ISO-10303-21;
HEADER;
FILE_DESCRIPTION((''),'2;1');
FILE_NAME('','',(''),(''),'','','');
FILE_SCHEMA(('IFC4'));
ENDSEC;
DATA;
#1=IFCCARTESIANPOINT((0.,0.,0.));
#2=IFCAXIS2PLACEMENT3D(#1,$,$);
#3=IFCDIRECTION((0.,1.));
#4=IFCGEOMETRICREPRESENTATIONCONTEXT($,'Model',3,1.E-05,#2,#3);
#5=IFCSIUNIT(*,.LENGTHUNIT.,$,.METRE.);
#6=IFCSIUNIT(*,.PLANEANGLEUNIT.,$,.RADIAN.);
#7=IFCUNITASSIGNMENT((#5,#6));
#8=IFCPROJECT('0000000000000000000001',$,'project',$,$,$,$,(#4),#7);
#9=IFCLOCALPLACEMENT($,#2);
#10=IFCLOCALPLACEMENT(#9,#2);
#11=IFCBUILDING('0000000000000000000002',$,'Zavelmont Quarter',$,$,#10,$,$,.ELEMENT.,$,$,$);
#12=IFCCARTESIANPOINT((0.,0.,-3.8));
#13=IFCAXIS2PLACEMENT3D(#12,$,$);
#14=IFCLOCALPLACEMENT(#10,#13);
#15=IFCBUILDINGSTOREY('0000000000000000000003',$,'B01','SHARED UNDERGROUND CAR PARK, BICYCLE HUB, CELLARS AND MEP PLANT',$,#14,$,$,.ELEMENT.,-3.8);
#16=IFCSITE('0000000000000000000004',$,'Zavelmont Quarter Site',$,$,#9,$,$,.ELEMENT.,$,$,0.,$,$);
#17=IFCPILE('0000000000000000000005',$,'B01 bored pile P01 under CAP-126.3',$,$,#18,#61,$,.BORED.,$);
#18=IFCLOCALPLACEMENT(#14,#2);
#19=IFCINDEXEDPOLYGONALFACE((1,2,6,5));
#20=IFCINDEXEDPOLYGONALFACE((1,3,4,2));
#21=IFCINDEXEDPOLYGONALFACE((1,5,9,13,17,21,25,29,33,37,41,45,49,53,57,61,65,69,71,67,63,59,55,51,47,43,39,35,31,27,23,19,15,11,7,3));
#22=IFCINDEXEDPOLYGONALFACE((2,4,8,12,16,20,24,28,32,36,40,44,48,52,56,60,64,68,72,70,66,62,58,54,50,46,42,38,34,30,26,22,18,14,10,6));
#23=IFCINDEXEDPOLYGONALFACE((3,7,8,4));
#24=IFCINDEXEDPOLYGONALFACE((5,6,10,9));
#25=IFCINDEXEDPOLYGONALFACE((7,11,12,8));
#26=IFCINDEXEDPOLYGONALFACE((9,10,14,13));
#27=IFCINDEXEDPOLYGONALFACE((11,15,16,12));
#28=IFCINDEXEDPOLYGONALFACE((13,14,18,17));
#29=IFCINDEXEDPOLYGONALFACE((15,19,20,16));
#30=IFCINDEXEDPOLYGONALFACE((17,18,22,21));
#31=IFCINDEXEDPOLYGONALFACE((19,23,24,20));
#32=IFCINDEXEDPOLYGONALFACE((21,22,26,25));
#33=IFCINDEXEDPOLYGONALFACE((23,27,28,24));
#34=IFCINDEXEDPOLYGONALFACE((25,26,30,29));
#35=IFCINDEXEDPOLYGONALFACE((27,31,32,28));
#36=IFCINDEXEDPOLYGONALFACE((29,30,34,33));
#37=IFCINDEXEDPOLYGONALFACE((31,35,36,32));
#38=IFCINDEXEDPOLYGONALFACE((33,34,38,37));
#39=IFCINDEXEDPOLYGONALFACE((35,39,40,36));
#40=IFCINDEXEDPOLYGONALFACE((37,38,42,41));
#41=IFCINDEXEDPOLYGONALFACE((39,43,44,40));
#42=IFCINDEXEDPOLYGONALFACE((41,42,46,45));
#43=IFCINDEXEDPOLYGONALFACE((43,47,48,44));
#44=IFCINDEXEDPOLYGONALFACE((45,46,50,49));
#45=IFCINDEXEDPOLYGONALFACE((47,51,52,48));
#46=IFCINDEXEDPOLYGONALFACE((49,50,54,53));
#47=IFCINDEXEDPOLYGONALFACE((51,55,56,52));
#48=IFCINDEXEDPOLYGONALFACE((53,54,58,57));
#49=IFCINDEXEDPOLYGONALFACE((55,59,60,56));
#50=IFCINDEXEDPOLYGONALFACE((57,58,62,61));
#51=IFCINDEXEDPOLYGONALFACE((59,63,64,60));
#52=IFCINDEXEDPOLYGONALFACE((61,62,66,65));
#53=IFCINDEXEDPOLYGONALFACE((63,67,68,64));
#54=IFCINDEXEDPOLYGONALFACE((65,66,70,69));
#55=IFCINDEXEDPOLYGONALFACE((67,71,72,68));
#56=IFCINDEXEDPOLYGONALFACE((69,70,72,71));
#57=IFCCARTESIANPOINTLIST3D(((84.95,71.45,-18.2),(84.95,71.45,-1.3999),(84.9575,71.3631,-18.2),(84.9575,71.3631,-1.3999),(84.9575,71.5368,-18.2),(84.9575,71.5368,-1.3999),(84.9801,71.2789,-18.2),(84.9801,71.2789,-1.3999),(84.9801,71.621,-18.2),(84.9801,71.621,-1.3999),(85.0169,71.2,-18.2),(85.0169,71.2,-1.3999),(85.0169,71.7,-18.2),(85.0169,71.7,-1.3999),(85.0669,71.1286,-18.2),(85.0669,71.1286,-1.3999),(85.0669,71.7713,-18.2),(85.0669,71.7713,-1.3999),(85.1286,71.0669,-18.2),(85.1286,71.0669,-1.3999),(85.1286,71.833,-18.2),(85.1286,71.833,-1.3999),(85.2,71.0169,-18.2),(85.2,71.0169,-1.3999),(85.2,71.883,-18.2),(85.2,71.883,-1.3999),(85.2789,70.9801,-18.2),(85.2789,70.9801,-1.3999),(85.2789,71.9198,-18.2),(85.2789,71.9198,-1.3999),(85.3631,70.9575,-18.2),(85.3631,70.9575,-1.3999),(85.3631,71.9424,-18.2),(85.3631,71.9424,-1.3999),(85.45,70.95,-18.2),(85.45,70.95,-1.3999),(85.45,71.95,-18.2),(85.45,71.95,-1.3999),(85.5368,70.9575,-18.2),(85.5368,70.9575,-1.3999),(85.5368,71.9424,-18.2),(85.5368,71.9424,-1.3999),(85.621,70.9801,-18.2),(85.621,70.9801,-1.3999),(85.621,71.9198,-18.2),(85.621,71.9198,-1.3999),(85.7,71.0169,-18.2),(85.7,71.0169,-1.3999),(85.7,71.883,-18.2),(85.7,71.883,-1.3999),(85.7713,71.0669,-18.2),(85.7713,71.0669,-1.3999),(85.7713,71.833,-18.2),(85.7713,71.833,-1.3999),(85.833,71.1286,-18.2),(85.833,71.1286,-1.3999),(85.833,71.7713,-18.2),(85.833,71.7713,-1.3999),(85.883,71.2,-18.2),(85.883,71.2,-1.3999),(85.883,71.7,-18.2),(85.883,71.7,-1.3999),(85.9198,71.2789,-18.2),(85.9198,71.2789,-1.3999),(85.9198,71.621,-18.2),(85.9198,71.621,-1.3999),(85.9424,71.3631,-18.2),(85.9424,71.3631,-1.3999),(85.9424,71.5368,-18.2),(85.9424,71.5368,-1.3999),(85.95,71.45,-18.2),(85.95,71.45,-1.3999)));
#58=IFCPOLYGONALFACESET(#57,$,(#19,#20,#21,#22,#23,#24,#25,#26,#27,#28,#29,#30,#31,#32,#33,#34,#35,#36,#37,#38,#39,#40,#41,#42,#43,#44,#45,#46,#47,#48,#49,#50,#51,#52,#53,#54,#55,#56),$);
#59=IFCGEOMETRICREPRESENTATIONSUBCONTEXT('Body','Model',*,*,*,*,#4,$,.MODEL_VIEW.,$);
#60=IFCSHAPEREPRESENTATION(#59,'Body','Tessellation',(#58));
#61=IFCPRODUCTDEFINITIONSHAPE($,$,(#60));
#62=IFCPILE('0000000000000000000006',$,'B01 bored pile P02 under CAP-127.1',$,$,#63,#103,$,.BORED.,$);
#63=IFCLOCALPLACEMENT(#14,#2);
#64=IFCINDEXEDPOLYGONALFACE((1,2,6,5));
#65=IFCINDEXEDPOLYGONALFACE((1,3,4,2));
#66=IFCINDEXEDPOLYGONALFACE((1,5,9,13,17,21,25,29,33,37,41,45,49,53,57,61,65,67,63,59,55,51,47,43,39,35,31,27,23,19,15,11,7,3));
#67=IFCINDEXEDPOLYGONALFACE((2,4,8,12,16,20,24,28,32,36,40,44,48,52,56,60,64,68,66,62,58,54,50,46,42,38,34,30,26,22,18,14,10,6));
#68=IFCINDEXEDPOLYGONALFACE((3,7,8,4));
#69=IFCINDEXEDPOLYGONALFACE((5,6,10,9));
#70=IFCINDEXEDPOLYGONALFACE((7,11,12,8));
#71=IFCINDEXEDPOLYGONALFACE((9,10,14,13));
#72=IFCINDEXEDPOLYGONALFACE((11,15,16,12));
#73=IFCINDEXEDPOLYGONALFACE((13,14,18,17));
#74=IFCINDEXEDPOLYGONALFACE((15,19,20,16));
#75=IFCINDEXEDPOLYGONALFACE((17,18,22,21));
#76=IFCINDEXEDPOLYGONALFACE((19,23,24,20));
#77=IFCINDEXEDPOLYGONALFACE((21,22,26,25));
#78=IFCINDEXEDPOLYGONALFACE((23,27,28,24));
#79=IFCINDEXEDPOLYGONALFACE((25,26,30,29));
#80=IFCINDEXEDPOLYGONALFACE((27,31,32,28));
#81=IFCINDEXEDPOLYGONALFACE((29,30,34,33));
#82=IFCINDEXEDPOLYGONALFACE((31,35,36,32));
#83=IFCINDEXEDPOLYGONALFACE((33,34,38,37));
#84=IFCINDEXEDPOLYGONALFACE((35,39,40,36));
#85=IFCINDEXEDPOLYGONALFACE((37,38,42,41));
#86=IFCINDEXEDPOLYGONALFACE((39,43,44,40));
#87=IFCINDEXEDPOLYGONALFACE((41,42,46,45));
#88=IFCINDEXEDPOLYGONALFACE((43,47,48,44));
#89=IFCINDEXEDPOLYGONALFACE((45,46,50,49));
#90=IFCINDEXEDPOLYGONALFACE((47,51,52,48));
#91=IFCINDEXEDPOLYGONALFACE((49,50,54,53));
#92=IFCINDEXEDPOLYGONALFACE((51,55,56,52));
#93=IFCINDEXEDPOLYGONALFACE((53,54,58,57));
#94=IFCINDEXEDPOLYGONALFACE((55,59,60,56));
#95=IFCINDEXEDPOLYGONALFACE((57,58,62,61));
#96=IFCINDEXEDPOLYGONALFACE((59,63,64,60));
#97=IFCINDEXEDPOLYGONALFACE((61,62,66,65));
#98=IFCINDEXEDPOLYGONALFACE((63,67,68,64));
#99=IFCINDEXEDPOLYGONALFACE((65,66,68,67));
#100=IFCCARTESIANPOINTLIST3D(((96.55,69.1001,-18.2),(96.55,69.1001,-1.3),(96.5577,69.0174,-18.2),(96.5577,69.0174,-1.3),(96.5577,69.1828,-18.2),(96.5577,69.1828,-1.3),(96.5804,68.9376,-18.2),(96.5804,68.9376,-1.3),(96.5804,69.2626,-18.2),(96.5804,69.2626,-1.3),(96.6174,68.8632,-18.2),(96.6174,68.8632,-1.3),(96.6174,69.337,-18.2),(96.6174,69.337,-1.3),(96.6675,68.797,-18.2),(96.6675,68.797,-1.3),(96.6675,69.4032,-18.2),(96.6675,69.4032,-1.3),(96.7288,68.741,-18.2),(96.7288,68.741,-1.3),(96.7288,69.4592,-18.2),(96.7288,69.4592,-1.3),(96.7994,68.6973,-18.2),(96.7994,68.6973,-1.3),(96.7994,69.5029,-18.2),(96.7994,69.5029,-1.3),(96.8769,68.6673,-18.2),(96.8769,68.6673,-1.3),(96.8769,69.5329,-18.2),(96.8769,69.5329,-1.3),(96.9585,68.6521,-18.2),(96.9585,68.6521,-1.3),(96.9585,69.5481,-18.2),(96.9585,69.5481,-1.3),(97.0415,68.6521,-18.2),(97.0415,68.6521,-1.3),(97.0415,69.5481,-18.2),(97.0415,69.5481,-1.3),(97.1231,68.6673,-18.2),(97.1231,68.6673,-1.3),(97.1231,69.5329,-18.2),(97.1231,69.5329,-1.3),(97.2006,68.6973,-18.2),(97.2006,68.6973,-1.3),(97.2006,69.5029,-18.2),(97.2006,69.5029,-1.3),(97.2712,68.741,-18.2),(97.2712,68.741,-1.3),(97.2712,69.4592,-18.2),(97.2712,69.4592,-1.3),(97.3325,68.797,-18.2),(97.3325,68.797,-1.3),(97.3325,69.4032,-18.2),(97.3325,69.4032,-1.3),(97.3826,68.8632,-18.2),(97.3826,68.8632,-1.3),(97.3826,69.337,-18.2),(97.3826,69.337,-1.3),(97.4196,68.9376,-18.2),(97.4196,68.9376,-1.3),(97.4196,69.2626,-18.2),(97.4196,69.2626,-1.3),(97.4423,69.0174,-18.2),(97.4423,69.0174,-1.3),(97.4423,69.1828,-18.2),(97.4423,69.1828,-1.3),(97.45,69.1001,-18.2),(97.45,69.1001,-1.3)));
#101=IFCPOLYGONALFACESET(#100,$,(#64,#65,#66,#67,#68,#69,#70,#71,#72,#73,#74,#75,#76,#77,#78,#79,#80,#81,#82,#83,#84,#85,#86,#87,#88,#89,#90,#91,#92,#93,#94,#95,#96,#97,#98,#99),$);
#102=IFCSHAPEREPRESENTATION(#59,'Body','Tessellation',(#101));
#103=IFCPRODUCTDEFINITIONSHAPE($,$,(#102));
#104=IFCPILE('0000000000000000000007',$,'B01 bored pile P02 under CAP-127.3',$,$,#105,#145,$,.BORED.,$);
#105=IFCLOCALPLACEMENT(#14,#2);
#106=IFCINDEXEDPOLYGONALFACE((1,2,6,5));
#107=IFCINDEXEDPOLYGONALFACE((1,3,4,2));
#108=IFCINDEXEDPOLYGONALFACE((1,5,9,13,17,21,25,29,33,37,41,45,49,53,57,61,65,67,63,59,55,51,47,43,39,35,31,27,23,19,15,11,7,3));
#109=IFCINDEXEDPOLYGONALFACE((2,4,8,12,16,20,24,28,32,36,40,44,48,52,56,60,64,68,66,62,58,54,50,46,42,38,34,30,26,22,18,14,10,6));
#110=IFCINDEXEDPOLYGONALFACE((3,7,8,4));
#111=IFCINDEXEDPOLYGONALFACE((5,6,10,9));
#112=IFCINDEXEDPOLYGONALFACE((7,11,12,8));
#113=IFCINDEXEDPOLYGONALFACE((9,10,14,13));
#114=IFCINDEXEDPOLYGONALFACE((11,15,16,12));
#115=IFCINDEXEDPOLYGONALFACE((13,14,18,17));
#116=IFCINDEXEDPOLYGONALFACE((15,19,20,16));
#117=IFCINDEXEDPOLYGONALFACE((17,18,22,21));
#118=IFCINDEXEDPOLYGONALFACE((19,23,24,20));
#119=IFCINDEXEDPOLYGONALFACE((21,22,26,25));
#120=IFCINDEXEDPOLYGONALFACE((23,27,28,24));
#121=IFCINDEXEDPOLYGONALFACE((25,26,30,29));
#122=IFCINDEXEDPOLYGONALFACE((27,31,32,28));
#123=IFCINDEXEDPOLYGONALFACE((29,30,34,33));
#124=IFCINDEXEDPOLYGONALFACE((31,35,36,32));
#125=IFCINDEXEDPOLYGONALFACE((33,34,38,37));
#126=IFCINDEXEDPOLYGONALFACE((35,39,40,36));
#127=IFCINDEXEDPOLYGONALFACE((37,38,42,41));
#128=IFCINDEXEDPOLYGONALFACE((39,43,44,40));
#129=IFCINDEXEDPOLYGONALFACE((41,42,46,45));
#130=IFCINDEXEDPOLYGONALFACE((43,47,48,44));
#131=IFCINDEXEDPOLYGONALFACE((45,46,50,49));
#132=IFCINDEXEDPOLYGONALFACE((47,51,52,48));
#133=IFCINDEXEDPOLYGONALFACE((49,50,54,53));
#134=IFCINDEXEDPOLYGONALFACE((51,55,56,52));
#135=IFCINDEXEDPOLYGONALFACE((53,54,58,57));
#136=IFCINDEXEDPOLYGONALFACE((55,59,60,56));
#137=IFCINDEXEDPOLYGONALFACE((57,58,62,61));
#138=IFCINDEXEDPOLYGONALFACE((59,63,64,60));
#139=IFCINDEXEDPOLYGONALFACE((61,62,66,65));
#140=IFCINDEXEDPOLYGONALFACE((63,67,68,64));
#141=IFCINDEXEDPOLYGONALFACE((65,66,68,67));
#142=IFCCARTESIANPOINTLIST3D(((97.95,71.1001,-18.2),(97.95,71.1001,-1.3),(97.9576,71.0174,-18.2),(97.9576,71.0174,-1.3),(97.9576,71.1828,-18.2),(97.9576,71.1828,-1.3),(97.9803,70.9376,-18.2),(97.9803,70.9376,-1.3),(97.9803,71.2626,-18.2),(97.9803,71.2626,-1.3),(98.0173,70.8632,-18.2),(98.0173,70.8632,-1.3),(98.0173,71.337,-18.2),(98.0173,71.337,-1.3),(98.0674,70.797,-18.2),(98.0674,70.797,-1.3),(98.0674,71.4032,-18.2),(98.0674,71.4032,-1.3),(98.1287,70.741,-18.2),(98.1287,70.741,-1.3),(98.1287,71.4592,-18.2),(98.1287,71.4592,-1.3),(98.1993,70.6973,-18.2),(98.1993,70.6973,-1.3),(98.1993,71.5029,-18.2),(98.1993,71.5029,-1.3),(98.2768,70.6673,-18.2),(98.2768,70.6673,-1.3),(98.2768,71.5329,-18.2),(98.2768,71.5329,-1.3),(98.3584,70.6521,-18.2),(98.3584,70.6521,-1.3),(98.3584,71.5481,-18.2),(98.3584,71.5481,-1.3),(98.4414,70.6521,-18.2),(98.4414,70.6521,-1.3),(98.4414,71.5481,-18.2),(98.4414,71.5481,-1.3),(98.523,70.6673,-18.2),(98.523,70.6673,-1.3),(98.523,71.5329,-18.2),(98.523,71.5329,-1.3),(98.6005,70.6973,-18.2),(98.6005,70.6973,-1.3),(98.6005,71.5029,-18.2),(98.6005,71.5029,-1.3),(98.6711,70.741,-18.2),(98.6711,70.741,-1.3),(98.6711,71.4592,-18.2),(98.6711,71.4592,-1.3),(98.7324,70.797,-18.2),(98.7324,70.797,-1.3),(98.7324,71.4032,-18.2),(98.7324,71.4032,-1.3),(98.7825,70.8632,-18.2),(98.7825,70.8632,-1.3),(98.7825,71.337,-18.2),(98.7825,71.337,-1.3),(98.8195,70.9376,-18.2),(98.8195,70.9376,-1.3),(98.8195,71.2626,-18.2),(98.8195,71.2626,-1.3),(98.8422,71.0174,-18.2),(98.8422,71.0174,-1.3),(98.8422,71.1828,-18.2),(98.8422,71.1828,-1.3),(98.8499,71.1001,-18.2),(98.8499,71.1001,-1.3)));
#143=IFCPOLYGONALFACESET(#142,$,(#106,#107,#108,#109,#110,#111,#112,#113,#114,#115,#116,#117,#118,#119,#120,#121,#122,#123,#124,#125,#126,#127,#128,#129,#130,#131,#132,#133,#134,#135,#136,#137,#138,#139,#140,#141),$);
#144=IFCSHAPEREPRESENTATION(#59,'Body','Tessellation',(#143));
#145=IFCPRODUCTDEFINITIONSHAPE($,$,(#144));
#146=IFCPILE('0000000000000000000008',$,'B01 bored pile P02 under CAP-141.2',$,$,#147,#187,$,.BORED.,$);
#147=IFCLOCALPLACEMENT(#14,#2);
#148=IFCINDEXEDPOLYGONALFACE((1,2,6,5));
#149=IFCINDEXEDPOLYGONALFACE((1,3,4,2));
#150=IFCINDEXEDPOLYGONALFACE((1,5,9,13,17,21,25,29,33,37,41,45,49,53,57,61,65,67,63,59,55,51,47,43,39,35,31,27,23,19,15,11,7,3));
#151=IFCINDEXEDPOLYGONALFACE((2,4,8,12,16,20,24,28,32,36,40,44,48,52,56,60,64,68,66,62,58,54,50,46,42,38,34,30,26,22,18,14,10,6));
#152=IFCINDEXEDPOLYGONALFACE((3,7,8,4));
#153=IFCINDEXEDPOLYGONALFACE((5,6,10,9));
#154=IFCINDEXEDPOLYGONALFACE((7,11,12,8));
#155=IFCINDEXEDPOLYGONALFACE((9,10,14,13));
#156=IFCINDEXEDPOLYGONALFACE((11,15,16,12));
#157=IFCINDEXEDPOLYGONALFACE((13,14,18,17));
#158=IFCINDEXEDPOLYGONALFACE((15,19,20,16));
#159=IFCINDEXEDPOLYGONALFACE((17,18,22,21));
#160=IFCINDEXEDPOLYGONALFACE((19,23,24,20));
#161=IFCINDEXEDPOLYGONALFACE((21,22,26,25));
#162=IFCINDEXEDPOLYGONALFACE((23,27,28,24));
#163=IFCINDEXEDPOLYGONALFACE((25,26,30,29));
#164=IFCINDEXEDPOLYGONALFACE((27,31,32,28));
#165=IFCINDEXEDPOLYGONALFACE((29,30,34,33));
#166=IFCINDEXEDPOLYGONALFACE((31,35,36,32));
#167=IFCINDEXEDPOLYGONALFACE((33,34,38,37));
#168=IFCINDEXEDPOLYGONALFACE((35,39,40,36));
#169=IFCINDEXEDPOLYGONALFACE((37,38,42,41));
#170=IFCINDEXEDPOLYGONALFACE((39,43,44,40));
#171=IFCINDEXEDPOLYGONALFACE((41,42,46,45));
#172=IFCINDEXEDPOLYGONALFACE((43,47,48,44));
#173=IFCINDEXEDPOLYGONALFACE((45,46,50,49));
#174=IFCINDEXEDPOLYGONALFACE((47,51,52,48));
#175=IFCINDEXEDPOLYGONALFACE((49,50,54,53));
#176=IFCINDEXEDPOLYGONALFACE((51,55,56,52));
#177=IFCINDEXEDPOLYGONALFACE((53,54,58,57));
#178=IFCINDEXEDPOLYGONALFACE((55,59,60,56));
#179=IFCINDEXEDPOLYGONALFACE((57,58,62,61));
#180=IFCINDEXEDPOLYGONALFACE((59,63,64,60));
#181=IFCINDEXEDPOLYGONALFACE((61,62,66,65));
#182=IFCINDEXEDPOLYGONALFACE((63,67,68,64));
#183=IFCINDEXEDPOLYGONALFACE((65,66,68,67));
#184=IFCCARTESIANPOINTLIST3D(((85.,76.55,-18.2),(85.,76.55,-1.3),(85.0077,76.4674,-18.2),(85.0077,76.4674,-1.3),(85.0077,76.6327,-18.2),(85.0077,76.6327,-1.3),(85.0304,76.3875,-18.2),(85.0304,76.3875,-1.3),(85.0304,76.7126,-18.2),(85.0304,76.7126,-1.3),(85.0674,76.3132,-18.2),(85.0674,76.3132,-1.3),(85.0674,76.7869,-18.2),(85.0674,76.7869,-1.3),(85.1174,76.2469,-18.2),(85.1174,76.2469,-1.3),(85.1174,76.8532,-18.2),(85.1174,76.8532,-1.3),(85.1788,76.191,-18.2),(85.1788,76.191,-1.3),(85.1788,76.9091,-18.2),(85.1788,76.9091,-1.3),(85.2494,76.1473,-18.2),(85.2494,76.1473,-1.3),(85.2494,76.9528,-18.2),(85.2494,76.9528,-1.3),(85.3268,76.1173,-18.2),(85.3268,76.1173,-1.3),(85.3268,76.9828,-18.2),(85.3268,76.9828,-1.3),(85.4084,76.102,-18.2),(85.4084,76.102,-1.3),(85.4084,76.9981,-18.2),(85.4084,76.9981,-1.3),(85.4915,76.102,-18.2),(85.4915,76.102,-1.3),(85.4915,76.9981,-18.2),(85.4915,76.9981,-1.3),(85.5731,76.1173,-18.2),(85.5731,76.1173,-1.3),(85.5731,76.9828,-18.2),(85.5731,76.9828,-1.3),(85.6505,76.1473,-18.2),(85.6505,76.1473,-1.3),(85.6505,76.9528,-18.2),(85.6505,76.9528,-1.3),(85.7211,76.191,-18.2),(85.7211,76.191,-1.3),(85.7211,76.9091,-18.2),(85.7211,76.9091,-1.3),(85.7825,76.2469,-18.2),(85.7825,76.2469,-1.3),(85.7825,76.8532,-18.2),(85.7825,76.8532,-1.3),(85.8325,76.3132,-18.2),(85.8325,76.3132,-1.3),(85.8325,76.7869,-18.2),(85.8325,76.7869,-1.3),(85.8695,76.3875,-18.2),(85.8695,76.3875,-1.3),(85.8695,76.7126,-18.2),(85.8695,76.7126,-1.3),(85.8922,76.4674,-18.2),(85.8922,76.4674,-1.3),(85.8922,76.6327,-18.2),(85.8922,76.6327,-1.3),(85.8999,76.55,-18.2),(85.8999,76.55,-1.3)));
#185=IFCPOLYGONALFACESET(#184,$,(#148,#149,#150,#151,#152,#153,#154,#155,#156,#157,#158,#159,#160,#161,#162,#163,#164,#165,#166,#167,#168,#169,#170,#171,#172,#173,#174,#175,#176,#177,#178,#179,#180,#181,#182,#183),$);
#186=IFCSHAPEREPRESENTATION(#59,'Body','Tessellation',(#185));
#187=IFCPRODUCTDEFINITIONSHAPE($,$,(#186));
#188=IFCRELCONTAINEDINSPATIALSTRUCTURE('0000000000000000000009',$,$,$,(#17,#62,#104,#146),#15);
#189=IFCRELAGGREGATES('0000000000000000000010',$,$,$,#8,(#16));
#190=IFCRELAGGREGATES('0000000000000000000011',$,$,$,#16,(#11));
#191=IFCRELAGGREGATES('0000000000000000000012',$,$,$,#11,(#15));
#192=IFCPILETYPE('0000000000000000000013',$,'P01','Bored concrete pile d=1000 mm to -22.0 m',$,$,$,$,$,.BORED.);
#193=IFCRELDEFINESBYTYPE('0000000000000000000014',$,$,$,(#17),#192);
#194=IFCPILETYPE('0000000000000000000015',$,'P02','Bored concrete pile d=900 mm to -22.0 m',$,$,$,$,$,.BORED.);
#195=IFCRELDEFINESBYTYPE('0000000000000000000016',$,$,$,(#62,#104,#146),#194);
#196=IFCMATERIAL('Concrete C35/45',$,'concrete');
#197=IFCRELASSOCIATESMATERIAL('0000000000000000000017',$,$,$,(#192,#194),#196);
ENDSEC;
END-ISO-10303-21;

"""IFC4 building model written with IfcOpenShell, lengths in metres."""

from ifc_helpers import new_model, si_unit, direction, frame, origin, origin_2d, place, context, subcontext, project, spatial, circle, extrude, material, material_profile, profile_set, type_object, element, save


model = new_model("IFC4")

# Units and contexts
model_context = context("Model", 3, precision=1e-05, world=origin(), true_north=direction((0.0, 1.0)))
body_context = subcontext(model_context, "Body", "Model", "MODEL_VIEW")
ifc_project = project(units=[si_unit("LENGTHUNIT", "METRE"), si_unit("PLANEANGLEUNIT", "RADIAN")], contexts=[model_context])

# Site, building, storey
site_placement = place(None, origin())
site = spatial("IfcSite", under=ifc_project, at=site_placement, Name="Zavelmont Quarter Site", CompositionType="ELEMENT", RefElevation=0.0)
building_placement = place(site_placement, origin())
building = spatial("IfcBuilding", under=site, at=building_placement, Name="Zavelmont Quarter", CompositionType="ELEMENT")
storey_placement = place(building_placement, frame((0.0, 0.0, -3.8)))
storey = spatial("IfcBuildingStorey", under=building, at=storey_placement, Name="B01", Description="SHARED UNDERGROUND CAR PARK, BICYCLE HUB, CELLARS AND MEP PLANT", CompositionType="ELEMENT", Elevation=-3.8)

# Shared definitions
ifc_material_1 = material(Name="Concrete C35/45", Category="concrete")

# Piles
ifc_material_profile_1 = material_profile(ifc_material_1, circle(Radius=0.5, at=origin_2d()), Name="BP1000")
ifc_profile_set_1 = profile_set([ifc_material_profile_1], Name="Concrete C35/45")
pile_type_1 = type_object("IfcPileType", Name="P01", Description="Bored concrete pile d=1000 mm to -22.0 m", PredefinedType="BORED", material=ifc_profile_set_1)
for number, where, z_axis, x_axis, name in (
    (1, (85.45, 71.45, -1.3999), (0.0, 0.0, -1.0), (1.0, 0.0, 0.0), "B01 bored pile P01 under CAP-126.3"),
):
    element("IfcPile", number, at=place(storey_placement, frame(where, z_axis=z_axis, x_axis=x_axis)), inside=storey, type_object=pile_type_1, Name=name, PredefinedType="BORED", context=body_context, shape_type="SweptSolid", body=[
        extrude(circle(Radius=0.5, at=origin_2d()), origin(), (0.0, 0.0, 1.0), 16.8),
    ])
ifc_material_profile_2 = material_profile(ifc_material_1, circle(Radius=0.45, at=origin_2d()), Name="BP900")
ifc_profile_set_2 = profile_set([ifc_material_profile_2], Name="Concrete C35/45")
pile_type_2 = type_object("IfcPileType", Name="P02", Description="Bored concrete pile d=900 mm to -22.0 m", PredefinedType="BORED", material=ifc_profile_set_2)
for number, where, z_axis, x_axis, name in (
    (2, (97.0, 69.1001, -1.3), (0.0, 0.0, -1.0), (1.0, 0.0, 0.0), "B01 bored pile P02 under CAP-127.1"),
    (3, (98.3999, 71.1001, -1.3), (0.0, 0.0, -1.0), (1.0, 0.0, 0.0), "B01 bored pile P02 under CAP-127.3"),
    (4, (85.45, 76.55, -1.3), (0.0, 0.0, -1.0), (1.0, 0.0, 0.0), "B01 bored pile P02 under CAP-141.2"),
):
    element("IfcPile", number, at=place(storey_placement, frame(where, z_axis=z_axis, x_axis=x_axis)), inside=storey, type_object=pile_type_2, Name=name, PredefinedType="BORED", context=body_context, shape_type="SweptSolid", body=[
        extrude(circle(Radius=0.45, at=origin_2d()), origin(), (0.0, 0.0, 1.0), 16.8999),
    ])

save(model, "model.ifc")
